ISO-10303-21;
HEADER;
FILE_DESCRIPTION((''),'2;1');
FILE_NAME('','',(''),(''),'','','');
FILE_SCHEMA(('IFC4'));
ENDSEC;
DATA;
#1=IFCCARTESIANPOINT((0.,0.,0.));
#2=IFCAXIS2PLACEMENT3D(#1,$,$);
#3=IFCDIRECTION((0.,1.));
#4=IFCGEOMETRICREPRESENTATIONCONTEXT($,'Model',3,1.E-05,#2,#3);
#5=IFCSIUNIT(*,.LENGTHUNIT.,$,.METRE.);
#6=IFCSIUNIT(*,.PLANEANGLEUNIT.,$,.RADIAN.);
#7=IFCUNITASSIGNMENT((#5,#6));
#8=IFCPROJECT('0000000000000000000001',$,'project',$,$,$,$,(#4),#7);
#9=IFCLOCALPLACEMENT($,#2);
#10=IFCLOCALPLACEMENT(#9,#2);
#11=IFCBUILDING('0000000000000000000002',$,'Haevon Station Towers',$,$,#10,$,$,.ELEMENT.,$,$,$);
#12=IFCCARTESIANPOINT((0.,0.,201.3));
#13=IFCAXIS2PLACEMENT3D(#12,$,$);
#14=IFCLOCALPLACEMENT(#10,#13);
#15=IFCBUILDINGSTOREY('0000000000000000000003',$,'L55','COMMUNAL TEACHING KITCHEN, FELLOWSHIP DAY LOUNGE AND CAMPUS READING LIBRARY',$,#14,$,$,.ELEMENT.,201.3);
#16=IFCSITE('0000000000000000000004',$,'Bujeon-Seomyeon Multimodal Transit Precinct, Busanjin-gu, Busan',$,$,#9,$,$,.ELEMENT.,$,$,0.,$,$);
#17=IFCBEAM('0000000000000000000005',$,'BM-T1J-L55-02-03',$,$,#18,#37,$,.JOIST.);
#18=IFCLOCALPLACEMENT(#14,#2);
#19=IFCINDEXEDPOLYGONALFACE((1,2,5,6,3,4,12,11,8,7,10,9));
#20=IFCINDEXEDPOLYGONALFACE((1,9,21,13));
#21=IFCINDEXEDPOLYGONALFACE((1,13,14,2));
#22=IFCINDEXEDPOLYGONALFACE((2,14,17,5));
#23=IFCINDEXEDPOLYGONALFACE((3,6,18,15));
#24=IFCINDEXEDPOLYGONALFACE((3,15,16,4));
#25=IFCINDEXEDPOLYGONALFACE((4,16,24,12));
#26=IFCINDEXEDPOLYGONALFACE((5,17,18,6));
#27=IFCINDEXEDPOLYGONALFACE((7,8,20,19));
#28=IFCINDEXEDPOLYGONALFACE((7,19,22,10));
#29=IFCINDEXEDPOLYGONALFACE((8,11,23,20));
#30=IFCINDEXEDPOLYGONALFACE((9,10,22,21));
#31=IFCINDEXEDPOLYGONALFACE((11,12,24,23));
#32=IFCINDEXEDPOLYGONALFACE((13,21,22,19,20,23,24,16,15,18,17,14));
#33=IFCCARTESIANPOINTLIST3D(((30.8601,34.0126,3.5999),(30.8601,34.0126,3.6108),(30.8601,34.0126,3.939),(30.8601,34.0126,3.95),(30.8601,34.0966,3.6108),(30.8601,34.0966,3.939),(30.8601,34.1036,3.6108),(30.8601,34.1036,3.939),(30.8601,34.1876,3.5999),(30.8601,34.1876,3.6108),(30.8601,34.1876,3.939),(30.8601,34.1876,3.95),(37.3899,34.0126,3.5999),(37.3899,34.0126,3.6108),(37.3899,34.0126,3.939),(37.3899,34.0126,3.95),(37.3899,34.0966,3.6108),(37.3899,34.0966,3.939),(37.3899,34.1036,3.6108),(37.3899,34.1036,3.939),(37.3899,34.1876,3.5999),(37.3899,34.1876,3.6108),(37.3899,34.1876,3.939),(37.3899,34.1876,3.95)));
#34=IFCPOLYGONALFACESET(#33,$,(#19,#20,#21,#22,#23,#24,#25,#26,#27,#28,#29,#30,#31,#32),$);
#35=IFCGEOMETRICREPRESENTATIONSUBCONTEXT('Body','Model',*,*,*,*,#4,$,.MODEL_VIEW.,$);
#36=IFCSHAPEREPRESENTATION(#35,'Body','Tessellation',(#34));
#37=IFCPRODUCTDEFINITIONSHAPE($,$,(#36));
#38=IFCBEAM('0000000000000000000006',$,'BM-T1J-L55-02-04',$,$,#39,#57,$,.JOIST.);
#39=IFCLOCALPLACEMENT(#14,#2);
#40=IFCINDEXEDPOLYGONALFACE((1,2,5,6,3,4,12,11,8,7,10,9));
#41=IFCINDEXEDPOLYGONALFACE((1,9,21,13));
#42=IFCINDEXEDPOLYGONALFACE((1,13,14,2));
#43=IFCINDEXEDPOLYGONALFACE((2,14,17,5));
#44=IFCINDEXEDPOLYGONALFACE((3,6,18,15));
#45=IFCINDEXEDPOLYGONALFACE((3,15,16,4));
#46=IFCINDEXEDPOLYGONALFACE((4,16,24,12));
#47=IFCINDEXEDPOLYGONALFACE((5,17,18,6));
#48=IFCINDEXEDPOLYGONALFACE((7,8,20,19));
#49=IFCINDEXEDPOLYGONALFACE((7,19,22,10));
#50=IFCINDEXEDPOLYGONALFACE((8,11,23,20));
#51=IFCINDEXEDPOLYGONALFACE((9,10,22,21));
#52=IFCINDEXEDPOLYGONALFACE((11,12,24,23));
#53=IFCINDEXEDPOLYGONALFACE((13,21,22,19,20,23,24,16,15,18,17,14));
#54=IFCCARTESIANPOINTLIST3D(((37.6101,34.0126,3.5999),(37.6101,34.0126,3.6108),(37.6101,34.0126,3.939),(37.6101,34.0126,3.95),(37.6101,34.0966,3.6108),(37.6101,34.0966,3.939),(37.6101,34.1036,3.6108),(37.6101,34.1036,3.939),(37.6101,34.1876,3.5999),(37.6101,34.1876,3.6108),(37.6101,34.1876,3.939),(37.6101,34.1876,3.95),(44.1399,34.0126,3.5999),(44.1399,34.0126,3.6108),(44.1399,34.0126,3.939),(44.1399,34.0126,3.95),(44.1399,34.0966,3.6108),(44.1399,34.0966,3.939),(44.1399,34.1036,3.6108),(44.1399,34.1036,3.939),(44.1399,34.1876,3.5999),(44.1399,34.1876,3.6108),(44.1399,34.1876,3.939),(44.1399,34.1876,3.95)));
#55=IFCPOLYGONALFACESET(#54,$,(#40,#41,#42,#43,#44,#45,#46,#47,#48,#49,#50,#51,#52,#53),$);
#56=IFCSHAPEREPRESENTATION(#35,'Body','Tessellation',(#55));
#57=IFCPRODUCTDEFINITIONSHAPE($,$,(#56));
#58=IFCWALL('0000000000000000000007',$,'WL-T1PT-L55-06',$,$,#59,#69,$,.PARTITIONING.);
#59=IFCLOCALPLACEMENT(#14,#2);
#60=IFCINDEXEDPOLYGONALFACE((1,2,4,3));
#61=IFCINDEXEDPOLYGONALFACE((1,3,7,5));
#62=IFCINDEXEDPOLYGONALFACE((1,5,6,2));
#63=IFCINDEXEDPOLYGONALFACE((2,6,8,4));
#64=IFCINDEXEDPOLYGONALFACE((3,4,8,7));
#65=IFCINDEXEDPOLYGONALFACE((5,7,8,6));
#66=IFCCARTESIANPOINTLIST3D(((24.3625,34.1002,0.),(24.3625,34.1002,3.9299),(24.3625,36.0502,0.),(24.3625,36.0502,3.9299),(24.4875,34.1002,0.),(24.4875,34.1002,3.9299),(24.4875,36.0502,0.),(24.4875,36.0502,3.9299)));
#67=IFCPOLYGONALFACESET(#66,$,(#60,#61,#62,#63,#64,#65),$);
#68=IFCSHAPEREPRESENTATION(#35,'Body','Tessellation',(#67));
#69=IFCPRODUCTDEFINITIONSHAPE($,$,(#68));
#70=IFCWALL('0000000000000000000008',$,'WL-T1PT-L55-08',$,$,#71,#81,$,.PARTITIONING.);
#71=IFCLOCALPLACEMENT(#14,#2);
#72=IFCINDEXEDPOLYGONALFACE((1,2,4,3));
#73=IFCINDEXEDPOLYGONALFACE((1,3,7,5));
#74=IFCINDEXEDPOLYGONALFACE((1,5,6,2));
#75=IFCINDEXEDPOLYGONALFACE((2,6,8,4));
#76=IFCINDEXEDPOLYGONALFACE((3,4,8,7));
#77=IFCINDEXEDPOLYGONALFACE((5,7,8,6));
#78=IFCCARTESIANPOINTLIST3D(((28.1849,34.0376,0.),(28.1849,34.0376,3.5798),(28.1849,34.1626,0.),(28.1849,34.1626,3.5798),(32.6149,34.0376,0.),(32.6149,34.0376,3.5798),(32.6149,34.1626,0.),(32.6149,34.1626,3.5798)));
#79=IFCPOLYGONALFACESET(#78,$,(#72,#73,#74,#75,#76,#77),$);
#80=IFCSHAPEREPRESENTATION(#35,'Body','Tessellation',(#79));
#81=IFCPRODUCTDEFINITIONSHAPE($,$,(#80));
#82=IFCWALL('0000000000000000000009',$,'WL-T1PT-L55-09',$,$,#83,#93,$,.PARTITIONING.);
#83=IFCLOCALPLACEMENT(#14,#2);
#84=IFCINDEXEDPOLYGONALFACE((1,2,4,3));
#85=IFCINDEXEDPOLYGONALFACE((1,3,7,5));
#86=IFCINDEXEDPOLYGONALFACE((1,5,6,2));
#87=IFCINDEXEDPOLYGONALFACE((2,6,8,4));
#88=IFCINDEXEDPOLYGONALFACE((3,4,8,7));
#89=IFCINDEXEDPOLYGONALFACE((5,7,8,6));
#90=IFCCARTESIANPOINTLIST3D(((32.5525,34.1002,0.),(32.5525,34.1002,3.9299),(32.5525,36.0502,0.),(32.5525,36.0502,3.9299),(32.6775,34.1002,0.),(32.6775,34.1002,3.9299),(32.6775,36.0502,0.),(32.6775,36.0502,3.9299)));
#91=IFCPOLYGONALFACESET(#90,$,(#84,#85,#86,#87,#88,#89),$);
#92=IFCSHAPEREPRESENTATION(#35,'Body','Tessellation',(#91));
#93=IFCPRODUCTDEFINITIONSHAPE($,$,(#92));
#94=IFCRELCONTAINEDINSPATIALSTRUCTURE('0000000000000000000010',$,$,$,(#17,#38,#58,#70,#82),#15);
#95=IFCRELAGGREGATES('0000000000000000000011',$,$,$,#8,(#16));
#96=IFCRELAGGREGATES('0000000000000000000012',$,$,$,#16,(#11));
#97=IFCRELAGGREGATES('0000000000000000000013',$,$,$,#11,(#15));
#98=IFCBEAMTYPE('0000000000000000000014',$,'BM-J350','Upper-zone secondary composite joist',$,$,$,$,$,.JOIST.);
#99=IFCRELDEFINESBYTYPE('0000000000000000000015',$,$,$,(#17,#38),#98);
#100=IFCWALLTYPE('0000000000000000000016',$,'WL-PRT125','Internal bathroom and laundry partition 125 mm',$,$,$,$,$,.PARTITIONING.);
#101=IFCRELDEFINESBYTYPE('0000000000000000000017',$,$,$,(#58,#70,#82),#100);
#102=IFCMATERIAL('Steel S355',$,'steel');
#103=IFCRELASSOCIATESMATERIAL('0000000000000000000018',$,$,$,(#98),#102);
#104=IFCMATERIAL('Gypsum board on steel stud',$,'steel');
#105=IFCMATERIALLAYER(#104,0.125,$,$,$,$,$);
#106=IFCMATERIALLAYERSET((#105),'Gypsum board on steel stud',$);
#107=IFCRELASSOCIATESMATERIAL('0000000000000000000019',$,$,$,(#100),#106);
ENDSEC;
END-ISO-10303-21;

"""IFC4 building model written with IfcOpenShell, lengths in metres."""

from ifc_helpers import new_model, si_unit, direction, frame, frame_2d, origin, origin_2d, place, context, subcontext, project, spatial, rectangle, i_section, extrude, material, layer, layer_set, material_profile, profile_set, type_object, element, save


model = new_model("IFC4")

# Units and contexts
model_context = context("Model", 3, precision=1e-05, world=origin(), true_north=direction((0.0, 1.0)))
body_context = subcontext(model_context, "Body", "Model", "MODEL_VIEW")
ifc_project = project(units=[si_unit("LENGTHUNIT", "METRE"), si_unit("PLANEANGLEUNIT", "RADIAN")], contexts=[model_context])

# Site, building, storey
site_placement = place(None, origin())
site = spatial("IfcSite", under=ifc_project, at=site_placement, Name="Bujeon-Seomyeon Multimodal Transit Precinct, Busanjin-gu, Busan", CompositionType="ELEMENT", RefElevation=0.0)
building_placement = place(site_placement, origin())
building = spatial("IfcBuilding", under=site, at=building_placement, Name="Haevon Station Towers", CompositionType="ELEMENT")
storey_placement = place(building_placement, frame((0.0, 0.0, 201.3)))
storey = spatial("IfcBuildingStorey", under=building, at=storey_placement, Name="L55", Description="COMMUNAL TEACHING KITCHEN, FELLOWSHIP DAY LOUNGE AND CAMPUS READING LIBRARY", CompositionType="ELEMENT", Elevation=201.3)

# Shared definitions
ifc_material_1 = material(Name="Steel S355", Category="steel")

# Beams
ifc_material_profile_1 = material_profile(ifc_material_1, i_section(OverallWidth=0.175, OverallDepth=0.3501, WebThickness=0.0071, FlangeThickness=0.011, at=origin_2d()), Name="H-350x175x7x11")
ifc_profile_set_1 = profile_set([ifc_material_profile_1], Name="Steel S355")
beam_type_1 = type_object("IfcBeamType", Name="BM-J350", Description="Upper-zone secondary composite joist", PredefinedType="JOIST", material=ifc_profile_set_1)
for number, where, z_axis, x_axis, name in (
    (1, (30.8601, 34.1001, 3.7749), (1.0, 0.0, 0.0), (0.0, 1.0, 0.0), "BM-T1J-L55-02-03"),
    (2, (37.6101, 34.1001, 3.7749), (1.0, 0.0, 0.0), (0.0, 1.0, 0.0), "BM-T1J-L55-02-04"),
):
    element("IfcBeam", number, at=place(storey_placement, frame(where, z_axis=z_axis, x_axis=x_axis)), inside=storey, type_object=beam_type_1, Name=name, PredefinedType="JOIST", context=body_context, shape_type="SweptSolid", body=[
        extrude(i_section(OverallWidth=0.175, OverallDepth=0.3501, WebThickness=0.0071, FlangeThickness=0.011, at=origin_2d()), origin(), (0.0, 0.0, 1.0), 6.5298),
    ])

# Walls
ifc_material_2 = material(Name="Gypsum board on steel stud", Category="steel")
ifc_layer = layer(ifc_material_2, 0.125)
ifc_layer_set = layer_set([ifc_layer], Name="Gypsum board on steel stud")
wall_type = type_object("IfcWallType", Name="WL-PRT125", Description="Internal bathroom and laundry partition 125 mm", PredefinedType="PARTITIONING", material=ifc_layer_set)
wall_1_placement = place(storey_placement, frame((24.425, 34.1001, 0.0), z_axis=(0.0, 0.0, 1.0), x_axis=(0.0, 1.0, 0.0)))
element("IfcWall", 3, at=wall_1_placement, inside=storey, type_object=wall_type, Name="WL-T1PT-L55-06", PredefinedType="PARTITIONING", context=body_context, shape_type="SweptSolid", body=[
    extrude(rectangle(XDim=1.95, YDim=0.125, at=frame_2d((0.9751, 0.0))), origin(), (0.0, 0.0, 1.0), 3.9299),
])
wall_2_placement = place(storey_placement, frame((28.1851, 34.1001, 0.0), z_axis=(0.0, 0.0, 1.0), x_axis=(1.0, 0.0, 0.0)))
element("IfcWall", 4, at=wall_2_placement, inside=storey, type_object=wall_type, Name="WL-T1PT-L55-08", PredefinedType="PARTITIONING", context=body_context, shape_type="SweptSolid", body=[
    extrude(rectangle(XDim=4.4299, YDim=0.125, at=frame_2d((2.2148, 0.0))), origin(), (0.0, 0.0, 1.0), 3.5798),
])
wall_3_placement = place(storey_placement, frame((32.615, 34.1001, 0.0), z_axis=(0.0, 0.0, 1.0), x_axis=(0.0, 1.0, 0.0)))
element("IfcWall", 5, at=wall_3_placement, inside=storey, type_object=wall_type, Name="WL-T1PT-L55-09", PredefinedType="PARTITIONING", context=body_context, shape_type="SweptSolid", body=[
    extrude(rectangle(XDim=1.95, YDim=0.125, at=frame_2d((0.9751, 0.0))), origin(), (0.0, 0.0, 1.0), 3.9299),
])

save(model, "model.ifc")
